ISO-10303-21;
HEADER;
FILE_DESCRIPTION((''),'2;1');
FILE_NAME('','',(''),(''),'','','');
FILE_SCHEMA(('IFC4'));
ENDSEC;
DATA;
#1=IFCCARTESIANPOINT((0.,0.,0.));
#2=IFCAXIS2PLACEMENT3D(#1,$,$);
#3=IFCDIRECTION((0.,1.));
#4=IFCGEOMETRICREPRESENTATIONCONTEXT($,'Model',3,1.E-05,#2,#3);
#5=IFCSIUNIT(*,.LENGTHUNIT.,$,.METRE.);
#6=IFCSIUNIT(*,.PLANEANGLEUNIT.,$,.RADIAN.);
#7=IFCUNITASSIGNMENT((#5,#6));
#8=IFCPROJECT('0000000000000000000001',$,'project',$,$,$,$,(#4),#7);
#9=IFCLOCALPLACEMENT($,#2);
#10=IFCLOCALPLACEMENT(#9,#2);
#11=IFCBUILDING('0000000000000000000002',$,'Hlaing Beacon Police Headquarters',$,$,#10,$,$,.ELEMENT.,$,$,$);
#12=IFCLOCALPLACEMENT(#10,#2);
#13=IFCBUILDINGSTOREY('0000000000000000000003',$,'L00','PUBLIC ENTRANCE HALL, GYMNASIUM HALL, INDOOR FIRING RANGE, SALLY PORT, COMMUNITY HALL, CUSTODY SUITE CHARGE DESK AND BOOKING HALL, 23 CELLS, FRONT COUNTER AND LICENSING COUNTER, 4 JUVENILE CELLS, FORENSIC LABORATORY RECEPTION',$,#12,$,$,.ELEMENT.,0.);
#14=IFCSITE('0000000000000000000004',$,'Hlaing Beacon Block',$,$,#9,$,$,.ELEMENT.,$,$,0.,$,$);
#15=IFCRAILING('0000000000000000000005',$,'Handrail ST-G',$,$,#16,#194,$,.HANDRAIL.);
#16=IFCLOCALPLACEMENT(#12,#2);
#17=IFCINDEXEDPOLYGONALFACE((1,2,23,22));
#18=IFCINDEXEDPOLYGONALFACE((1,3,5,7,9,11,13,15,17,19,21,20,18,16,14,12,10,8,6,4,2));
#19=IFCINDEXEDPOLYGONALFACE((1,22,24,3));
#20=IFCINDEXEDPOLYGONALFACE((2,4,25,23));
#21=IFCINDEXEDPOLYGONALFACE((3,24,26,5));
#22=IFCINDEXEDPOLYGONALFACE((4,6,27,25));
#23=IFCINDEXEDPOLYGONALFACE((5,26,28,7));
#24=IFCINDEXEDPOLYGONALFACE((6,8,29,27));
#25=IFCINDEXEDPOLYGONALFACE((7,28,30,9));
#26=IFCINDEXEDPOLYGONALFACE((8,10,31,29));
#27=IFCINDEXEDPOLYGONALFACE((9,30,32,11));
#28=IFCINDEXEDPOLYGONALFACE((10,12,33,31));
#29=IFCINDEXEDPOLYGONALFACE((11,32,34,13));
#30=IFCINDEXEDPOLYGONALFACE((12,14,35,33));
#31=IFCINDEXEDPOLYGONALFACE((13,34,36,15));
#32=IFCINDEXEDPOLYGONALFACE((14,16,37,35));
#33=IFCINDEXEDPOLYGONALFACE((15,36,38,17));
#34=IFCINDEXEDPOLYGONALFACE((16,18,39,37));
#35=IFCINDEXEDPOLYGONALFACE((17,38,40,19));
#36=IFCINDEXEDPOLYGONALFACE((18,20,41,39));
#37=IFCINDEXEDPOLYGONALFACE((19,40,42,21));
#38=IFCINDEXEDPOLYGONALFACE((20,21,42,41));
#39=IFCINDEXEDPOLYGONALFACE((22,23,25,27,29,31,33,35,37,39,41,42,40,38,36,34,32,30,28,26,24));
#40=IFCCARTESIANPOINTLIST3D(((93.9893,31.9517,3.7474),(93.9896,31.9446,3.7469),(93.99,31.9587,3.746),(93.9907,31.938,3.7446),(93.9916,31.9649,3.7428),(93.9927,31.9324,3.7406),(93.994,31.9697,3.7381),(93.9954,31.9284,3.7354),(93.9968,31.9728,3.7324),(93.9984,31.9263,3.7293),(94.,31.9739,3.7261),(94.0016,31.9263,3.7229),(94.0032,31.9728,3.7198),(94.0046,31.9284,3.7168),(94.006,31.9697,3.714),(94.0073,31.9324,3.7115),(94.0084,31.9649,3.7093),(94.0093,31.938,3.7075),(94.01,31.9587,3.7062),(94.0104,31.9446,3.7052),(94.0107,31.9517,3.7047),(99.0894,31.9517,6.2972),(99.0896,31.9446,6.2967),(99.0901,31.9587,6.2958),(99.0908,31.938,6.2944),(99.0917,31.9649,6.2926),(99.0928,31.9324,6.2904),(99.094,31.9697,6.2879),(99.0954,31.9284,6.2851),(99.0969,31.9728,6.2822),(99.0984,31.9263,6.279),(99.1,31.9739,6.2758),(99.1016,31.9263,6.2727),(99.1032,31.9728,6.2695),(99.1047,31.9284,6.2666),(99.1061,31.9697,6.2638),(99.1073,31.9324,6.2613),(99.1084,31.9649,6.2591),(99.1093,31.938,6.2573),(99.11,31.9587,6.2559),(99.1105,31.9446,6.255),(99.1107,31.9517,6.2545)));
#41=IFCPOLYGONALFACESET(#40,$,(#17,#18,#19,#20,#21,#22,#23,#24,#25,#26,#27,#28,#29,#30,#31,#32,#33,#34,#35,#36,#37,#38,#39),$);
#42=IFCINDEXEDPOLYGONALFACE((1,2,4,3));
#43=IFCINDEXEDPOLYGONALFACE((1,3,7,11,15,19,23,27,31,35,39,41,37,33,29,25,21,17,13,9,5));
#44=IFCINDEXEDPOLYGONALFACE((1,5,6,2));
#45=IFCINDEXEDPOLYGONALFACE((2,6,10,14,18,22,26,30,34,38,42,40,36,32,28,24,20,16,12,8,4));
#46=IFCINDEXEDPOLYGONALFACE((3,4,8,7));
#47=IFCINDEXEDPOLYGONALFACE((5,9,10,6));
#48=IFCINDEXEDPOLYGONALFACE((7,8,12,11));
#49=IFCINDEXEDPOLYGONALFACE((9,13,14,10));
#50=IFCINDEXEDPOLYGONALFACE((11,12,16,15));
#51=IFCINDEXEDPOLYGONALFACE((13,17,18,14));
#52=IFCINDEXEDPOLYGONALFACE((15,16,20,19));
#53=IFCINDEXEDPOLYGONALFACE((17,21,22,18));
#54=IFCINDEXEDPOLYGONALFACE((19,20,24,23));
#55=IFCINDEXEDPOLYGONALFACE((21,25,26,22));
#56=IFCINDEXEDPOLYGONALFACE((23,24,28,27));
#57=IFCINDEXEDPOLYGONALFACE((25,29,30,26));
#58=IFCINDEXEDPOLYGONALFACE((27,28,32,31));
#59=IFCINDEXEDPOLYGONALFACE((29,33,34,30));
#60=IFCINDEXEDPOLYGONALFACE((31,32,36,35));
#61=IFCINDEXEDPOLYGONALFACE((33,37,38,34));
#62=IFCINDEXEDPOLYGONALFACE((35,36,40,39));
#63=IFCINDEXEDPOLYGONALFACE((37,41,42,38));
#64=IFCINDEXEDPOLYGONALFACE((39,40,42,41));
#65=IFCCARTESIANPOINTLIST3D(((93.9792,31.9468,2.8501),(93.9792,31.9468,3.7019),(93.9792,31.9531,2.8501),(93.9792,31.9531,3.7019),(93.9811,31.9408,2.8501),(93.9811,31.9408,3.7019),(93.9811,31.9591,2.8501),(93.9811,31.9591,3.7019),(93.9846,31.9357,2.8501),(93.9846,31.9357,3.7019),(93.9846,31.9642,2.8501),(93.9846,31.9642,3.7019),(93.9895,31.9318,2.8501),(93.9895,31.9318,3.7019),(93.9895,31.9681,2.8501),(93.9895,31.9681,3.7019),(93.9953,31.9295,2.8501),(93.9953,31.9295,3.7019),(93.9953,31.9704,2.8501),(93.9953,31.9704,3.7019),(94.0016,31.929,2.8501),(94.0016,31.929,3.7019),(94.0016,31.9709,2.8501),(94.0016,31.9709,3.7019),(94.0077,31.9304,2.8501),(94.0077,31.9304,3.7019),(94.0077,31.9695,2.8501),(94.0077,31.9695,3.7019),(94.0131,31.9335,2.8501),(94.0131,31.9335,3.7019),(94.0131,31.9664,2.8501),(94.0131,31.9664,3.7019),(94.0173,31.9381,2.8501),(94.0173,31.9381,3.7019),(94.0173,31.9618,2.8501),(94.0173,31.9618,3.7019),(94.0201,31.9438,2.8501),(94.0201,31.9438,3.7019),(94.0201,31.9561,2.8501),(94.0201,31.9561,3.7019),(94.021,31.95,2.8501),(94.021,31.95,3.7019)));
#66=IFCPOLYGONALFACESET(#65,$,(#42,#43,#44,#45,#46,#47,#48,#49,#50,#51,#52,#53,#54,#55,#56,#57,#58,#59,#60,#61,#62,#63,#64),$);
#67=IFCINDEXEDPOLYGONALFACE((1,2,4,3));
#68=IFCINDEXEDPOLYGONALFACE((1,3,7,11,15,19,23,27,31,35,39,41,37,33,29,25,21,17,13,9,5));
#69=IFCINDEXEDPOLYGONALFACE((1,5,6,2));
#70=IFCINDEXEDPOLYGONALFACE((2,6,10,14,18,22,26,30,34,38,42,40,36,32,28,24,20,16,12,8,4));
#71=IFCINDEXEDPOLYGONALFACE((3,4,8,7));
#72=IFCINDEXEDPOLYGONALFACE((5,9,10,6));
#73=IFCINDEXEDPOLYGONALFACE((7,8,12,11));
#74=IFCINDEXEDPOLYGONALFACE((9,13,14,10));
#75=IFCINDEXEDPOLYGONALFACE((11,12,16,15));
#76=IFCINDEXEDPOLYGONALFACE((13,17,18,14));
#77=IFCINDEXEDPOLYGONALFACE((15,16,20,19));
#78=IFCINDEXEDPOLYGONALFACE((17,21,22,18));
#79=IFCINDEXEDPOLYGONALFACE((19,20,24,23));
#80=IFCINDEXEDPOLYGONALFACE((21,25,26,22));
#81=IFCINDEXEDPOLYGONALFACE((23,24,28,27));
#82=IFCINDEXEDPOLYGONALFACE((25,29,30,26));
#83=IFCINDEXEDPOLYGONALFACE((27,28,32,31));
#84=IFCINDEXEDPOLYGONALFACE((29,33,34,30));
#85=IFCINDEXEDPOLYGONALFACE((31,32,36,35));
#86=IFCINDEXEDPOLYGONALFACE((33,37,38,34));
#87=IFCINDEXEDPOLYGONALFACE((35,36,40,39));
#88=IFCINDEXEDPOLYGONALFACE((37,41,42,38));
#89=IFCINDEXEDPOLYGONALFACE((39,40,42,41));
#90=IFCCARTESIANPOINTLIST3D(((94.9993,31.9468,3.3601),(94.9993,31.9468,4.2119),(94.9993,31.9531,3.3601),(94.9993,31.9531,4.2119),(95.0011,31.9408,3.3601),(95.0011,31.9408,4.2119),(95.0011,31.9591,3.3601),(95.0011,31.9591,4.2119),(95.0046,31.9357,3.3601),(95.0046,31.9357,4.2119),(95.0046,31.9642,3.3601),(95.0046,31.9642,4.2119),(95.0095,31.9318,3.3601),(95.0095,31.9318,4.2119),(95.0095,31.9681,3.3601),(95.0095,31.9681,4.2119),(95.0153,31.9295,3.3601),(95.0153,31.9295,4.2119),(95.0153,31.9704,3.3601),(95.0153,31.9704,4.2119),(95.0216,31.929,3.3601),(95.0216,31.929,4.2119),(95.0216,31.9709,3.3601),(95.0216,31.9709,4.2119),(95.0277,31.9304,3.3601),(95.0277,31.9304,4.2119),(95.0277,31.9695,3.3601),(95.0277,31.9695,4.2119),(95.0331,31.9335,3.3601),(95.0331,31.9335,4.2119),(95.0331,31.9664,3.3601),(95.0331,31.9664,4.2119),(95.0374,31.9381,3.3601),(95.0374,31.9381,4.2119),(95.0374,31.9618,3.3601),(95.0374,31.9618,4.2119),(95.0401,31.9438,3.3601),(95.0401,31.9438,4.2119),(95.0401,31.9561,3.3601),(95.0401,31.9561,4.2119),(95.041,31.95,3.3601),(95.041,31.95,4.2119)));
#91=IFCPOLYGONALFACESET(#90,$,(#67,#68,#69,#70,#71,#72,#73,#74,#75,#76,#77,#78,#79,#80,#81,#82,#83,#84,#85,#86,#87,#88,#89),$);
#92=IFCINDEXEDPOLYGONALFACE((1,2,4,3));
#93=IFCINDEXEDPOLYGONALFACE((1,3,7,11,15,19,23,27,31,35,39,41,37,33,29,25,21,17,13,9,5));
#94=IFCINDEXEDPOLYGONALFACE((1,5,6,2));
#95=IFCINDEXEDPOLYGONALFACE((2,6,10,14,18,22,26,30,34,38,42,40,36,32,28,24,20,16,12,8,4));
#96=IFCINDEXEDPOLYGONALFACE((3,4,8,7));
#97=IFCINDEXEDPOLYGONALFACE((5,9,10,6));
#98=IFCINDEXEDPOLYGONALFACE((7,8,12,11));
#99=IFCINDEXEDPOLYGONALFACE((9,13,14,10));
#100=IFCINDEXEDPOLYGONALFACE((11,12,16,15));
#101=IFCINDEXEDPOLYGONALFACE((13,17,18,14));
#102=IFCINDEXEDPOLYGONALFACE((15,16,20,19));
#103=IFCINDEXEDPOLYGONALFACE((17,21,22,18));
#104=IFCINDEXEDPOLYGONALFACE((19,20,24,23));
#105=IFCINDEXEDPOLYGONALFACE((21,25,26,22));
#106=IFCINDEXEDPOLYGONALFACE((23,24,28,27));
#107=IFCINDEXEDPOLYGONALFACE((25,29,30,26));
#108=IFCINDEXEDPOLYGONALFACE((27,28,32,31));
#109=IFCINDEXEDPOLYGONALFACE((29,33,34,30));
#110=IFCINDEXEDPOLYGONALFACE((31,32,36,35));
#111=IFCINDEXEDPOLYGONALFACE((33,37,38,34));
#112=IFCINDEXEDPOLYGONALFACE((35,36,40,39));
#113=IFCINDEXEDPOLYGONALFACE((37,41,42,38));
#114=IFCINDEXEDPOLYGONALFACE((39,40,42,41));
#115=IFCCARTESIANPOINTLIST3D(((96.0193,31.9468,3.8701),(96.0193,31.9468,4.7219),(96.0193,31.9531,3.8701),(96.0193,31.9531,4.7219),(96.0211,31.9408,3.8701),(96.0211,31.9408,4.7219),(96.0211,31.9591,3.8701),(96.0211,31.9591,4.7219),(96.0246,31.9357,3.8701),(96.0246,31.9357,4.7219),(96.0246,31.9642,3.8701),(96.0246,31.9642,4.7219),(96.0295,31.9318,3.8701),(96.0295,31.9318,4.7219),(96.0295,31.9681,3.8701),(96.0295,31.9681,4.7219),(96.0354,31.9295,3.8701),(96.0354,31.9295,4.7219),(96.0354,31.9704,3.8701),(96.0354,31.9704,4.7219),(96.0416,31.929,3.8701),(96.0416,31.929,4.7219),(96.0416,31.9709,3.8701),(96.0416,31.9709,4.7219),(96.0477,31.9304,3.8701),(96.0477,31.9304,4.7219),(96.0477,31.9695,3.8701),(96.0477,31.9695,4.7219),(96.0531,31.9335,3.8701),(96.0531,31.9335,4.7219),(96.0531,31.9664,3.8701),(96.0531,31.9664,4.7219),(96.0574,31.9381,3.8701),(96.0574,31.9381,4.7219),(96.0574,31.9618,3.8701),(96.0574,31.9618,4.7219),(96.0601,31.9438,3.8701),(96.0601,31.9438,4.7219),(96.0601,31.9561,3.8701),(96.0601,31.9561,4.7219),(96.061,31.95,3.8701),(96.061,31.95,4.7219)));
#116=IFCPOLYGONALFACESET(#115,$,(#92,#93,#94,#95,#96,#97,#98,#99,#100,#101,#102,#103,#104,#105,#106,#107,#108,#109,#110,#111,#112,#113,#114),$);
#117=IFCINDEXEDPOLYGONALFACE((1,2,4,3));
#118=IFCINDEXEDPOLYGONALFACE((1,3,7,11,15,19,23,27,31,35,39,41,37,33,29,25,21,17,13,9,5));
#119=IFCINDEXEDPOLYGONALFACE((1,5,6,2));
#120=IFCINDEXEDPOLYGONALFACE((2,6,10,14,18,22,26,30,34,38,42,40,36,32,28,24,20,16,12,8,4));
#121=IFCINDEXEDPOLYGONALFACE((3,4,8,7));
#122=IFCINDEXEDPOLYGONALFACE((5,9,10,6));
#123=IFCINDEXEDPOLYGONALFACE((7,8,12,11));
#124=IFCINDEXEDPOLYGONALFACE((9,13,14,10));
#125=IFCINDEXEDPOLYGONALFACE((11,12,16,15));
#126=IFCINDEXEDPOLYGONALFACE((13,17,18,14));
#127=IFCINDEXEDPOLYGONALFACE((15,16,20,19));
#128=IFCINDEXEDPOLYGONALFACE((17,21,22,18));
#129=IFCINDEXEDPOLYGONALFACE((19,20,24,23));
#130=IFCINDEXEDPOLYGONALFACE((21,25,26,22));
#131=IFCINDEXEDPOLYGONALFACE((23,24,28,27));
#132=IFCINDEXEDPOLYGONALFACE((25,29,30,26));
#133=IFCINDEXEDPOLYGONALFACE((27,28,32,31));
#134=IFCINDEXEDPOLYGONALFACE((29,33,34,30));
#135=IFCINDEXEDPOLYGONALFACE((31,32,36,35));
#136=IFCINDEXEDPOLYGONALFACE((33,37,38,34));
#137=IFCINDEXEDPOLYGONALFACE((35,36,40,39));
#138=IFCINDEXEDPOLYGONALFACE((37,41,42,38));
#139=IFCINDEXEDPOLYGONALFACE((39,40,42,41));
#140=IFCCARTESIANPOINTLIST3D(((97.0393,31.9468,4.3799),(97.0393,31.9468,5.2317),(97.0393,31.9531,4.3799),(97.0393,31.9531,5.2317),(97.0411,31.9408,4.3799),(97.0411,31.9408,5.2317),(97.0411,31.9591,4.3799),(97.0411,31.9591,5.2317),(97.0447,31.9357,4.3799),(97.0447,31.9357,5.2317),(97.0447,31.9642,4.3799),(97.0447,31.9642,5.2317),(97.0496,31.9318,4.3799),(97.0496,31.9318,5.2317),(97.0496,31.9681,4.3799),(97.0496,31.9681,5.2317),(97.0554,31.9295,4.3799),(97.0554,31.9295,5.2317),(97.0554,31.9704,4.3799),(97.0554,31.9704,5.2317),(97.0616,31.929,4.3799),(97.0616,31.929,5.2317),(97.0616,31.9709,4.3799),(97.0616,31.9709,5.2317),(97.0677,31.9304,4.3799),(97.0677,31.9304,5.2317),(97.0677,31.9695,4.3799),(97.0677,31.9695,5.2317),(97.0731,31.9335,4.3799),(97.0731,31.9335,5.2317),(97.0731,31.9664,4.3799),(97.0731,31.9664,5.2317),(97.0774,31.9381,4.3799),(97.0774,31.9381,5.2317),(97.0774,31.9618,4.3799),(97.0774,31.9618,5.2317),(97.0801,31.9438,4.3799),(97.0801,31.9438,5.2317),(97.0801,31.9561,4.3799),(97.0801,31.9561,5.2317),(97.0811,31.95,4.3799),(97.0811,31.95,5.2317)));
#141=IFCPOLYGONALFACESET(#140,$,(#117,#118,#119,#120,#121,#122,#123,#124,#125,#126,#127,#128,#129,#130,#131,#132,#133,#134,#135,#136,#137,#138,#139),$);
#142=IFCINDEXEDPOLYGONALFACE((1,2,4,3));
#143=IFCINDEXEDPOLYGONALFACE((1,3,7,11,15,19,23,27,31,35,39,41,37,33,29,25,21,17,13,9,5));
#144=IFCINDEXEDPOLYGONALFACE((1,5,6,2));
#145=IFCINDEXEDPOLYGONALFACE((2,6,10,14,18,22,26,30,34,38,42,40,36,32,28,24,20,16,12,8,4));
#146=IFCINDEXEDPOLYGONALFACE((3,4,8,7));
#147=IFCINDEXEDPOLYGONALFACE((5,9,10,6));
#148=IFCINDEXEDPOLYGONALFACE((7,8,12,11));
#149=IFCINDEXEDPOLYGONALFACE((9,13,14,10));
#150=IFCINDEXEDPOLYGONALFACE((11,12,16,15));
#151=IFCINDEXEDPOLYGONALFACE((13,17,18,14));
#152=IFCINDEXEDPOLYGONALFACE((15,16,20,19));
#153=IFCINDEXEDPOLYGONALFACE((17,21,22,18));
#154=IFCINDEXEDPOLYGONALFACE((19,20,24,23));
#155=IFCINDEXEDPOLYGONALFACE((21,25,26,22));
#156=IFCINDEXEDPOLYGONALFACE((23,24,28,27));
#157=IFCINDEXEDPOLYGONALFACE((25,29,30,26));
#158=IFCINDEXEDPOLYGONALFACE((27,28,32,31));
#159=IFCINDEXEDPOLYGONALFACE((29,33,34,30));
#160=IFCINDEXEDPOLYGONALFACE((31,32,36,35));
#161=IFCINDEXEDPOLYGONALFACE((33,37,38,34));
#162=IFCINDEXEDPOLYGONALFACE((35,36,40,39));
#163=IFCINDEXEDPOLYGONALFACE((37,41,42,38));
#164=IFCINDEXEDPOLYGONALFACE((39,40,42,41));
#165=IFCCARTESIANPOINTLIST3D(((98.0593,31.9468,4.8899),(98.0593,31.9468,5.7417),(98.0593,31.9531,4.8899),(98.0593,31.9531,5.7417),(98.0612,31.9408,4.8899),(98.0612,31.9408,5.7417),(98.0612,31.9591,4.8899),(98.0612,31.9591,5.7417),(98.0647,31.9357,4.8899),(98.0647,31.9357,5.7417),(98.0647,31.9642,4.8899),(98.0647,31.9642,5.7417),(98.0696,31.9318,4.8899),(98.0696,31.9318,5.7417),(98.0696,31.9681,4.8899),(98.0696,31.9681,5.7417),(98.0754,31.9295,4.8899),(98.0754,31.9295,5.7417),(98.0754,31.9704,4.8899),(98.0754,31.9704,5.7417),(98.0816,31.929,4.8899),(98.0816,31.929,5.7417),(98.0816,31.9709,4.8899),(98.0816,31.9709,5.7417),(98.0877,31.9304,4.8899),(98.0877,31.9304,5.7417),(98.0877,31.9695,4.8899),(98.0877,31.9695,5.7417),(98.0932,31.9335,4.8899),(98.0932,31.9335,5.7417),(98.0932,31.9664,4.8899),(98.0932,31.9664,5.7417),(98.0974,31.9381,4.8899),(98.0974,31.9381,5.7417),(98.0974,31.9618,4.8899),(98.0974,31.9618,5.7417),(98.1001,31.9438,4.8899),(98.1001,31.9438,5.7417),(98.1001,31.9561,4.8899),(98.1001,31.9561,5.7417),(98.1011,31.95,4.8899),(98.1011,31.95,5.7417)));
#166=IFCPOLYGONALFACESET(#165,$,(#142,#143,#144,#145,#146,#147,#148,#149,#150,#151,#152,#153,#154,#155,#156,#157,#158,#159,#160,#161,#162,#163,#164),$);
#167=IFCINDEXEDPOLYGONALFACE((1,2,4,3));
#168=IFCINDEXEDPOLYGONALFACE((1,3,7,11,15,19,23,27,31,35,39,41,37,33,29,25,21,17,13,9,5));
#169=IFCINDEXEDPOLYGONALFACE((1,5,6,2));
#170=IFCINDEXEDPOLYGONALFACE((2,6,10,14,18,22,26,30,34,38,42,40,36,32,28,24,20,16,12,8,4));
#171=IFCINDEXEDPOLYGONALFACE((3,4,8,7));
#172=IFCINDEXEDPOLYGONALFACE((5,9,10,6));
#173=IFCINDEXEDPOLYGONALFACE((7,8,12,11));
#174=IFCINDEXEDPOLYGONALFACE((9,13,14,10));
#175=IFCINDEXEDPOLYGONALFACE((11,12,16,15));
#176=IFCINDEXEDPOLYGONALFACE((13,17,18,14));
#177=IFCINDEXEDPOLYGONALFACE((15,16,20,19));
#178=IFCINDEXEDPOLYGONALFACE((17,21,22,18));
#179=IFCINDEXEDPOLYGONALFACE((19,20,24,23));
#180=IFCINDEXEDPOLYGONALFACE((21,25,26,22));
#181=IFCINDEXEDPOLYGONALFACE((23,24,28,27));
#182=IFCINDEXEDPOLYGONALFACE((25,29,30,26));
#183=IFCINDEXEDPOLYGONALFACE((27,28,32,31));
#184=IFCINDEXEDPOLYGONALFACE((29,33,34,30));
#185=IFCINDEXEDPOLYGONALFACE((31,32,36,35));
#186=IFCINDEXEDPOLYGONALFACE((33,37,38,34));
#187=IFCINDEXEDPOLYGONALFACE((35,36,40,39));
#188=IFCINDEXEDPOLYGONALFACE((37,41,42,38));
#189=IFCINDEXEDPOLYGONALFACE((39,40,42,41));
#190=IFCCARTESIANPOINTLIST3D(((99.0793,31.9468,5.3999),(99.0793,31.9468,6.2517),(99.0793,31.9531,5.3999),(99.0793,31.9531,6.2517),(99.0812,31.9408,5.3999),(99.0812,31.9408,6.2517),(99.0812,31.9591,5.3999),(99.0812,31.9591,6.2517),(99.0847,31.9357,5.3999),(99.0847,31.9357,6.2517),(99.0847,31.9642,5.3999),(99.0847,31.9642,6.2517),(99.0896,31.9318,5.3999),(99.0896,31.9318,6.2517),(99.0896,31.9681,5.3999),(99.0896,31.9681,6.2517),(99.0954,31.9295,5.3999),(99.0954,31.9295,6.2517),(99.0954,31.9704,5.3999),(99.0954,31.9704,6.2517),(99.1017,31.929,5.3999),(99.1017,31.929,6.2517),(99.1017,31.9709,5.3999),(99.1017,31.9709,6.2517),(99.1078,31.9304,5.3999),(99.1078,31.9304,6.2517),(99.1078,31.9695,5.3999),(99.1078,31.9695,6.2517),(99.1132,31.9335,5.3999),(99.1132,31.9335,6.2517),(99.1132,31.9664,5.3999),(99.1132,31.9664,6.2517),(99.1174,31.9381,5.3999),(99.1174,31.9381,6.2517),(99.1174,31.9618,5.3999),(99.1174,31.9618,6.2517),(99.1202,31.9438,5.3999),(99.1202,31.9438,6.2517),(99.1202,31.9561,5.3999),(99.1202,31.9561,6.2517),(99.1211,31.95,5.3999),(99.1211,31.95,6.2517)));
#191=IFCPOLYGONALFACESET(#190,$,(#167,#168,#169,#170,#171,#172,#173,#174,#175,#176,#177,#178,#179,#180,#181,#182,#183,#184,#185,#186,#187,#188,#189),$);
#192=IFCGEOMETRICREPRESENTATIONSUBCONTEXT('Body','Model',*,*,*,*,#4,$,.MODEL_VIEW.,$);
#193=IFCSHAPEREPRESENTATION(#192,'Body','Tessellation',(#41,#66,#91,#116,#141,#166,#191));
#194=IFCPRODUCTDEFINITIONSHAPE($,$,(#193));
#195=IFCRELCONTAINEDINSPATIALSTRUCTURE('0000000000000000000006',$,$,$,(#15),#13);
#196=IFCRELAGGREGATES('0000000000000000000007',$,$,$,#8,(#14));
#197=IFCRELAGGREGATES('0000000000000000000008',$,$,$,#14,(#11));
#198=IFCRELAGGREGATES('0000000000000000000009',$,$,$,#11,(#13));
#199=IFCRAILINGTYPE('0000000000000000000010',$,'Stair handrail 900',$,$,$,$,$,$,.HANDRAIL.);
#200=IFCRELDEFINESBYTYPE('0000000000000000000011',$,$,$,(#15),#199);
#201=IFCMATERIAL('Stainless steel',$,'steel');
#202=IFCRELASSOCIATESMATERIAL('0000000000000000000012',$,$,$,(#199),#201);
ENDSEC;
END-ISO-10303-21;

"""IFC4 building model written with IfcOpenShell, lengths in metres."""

from ifc_helpers import new_model, si_unit, direction, frame, origin, origin_2d, place, context, subcontext, project, spatial, circle, extrude, material, type_object, element, save


model = new_model("IFC4")

# Units and contexts
model_context = context("Model", 3, precision=1e-05, world=origin(), true_north=direction((0.0, 1.0)))
body_context = subcontext(model_context, "Body", "Model", "MODEL_VIEW")
ifc_project = project(units=[si_unit("LENGTHUNIT", "METRE"), si_unit("PLANEANGLEUNIT", "RADIAN")], contexts=[model_context])

# Site, building, storey
site_placement = place(None, origin())
site = spatial("IfcSite", under=ifc_project, at=site_placement, Name="Hlaing Beacon Block", CompositionType="ELEMENT", RefElevation=0.0)
building_placement = place(site_placement, origin())
building = spatial("IfcBuilding", under=site, at=building_placement, Name="Hlaing Beacon Police Headquarters", CompositionType="ELEMENT")
storey_placement = place(building_placement, origin())
storey = spatial("IfcBuildingStorey", under=building, at=storey_placement, Name="L00", Description="PUBLIC ENTRANCE HALL, GYMNASIUM HALL, INDOOR FIRING RANGE, SALLY PORT, COMMUNITY HALL, CUSTODY SUITE CHARGE DESK AND BOOKING HALL, 23 CELLS, FRONT COUNTER AND LICENSING COUNTER, 4 JUVENILE CELLS, FORENSIC LABORATORY RECEPTION", CompositionType="ELEMENT", Elevation=0.0)

# Railing
ifc_material_1 = material(Name="Stainless steel", Category="steel")
railing_type_1 = type_object("IfcRailingType", Name="Stair handrail 900", PredefinedType="HANDRAIL", material=ifc_material_1)
railing_1_placement = place(storey_placement, frame((94.0, 31.95, 2.8501)))
element("IfcRailing", 1, at=railing_1_placement, inside=storey, type_object=railing_type_1, Name="Handrail ST-G", PredefinedType="HANDRAIL", context=body_context, shape_type="SweptSolid", body=[
    extrude(circle(Radius=0.0239, at=origin_2d()), frame((0.0, 0.0, 0.876), z_axis=(0.894444, 0.0, 0.447179), x_axis=(0.0, 1.0, 0.0)), (0.0, 0.0, 1.0), 5.7019),
    extrude(circle(Radius=0.021, at=origin_2d()), origin(), (0.0, 0.0, 1.0), 0.8518),
    extrude(circle(Radius=0.021, at=origin_2d()), frame((1.02, 0.0, 0.51)), (0.0, 0.0, 1.0), 0.8518),
    extrude(circle(Radius=0.021, at=origin_2d()), frame((2.04, 0.0, 1.02)), (0.0, 0.0, 1.0), 0.8518),
    extrude(circle(Radius=0.021, at=origin_2d()), frame((3.0601, 0.0, 1.5298)), (0.0, 0.0, 1.0), 0.8518),
    extrude(circle(Radius=0.021, at=origin_2d()), frame((4.0801, 0.0, 2.0398)), (0.0, 0.0, 1.0), 0.8518),
    extrude(circle(Radius=0.021, at=origin_2d()), frame((5.1001, 0.0, 2.5498)), (0.0, 0.0, 1.0), 0.8518),
])

save(model, "model.ifc")
